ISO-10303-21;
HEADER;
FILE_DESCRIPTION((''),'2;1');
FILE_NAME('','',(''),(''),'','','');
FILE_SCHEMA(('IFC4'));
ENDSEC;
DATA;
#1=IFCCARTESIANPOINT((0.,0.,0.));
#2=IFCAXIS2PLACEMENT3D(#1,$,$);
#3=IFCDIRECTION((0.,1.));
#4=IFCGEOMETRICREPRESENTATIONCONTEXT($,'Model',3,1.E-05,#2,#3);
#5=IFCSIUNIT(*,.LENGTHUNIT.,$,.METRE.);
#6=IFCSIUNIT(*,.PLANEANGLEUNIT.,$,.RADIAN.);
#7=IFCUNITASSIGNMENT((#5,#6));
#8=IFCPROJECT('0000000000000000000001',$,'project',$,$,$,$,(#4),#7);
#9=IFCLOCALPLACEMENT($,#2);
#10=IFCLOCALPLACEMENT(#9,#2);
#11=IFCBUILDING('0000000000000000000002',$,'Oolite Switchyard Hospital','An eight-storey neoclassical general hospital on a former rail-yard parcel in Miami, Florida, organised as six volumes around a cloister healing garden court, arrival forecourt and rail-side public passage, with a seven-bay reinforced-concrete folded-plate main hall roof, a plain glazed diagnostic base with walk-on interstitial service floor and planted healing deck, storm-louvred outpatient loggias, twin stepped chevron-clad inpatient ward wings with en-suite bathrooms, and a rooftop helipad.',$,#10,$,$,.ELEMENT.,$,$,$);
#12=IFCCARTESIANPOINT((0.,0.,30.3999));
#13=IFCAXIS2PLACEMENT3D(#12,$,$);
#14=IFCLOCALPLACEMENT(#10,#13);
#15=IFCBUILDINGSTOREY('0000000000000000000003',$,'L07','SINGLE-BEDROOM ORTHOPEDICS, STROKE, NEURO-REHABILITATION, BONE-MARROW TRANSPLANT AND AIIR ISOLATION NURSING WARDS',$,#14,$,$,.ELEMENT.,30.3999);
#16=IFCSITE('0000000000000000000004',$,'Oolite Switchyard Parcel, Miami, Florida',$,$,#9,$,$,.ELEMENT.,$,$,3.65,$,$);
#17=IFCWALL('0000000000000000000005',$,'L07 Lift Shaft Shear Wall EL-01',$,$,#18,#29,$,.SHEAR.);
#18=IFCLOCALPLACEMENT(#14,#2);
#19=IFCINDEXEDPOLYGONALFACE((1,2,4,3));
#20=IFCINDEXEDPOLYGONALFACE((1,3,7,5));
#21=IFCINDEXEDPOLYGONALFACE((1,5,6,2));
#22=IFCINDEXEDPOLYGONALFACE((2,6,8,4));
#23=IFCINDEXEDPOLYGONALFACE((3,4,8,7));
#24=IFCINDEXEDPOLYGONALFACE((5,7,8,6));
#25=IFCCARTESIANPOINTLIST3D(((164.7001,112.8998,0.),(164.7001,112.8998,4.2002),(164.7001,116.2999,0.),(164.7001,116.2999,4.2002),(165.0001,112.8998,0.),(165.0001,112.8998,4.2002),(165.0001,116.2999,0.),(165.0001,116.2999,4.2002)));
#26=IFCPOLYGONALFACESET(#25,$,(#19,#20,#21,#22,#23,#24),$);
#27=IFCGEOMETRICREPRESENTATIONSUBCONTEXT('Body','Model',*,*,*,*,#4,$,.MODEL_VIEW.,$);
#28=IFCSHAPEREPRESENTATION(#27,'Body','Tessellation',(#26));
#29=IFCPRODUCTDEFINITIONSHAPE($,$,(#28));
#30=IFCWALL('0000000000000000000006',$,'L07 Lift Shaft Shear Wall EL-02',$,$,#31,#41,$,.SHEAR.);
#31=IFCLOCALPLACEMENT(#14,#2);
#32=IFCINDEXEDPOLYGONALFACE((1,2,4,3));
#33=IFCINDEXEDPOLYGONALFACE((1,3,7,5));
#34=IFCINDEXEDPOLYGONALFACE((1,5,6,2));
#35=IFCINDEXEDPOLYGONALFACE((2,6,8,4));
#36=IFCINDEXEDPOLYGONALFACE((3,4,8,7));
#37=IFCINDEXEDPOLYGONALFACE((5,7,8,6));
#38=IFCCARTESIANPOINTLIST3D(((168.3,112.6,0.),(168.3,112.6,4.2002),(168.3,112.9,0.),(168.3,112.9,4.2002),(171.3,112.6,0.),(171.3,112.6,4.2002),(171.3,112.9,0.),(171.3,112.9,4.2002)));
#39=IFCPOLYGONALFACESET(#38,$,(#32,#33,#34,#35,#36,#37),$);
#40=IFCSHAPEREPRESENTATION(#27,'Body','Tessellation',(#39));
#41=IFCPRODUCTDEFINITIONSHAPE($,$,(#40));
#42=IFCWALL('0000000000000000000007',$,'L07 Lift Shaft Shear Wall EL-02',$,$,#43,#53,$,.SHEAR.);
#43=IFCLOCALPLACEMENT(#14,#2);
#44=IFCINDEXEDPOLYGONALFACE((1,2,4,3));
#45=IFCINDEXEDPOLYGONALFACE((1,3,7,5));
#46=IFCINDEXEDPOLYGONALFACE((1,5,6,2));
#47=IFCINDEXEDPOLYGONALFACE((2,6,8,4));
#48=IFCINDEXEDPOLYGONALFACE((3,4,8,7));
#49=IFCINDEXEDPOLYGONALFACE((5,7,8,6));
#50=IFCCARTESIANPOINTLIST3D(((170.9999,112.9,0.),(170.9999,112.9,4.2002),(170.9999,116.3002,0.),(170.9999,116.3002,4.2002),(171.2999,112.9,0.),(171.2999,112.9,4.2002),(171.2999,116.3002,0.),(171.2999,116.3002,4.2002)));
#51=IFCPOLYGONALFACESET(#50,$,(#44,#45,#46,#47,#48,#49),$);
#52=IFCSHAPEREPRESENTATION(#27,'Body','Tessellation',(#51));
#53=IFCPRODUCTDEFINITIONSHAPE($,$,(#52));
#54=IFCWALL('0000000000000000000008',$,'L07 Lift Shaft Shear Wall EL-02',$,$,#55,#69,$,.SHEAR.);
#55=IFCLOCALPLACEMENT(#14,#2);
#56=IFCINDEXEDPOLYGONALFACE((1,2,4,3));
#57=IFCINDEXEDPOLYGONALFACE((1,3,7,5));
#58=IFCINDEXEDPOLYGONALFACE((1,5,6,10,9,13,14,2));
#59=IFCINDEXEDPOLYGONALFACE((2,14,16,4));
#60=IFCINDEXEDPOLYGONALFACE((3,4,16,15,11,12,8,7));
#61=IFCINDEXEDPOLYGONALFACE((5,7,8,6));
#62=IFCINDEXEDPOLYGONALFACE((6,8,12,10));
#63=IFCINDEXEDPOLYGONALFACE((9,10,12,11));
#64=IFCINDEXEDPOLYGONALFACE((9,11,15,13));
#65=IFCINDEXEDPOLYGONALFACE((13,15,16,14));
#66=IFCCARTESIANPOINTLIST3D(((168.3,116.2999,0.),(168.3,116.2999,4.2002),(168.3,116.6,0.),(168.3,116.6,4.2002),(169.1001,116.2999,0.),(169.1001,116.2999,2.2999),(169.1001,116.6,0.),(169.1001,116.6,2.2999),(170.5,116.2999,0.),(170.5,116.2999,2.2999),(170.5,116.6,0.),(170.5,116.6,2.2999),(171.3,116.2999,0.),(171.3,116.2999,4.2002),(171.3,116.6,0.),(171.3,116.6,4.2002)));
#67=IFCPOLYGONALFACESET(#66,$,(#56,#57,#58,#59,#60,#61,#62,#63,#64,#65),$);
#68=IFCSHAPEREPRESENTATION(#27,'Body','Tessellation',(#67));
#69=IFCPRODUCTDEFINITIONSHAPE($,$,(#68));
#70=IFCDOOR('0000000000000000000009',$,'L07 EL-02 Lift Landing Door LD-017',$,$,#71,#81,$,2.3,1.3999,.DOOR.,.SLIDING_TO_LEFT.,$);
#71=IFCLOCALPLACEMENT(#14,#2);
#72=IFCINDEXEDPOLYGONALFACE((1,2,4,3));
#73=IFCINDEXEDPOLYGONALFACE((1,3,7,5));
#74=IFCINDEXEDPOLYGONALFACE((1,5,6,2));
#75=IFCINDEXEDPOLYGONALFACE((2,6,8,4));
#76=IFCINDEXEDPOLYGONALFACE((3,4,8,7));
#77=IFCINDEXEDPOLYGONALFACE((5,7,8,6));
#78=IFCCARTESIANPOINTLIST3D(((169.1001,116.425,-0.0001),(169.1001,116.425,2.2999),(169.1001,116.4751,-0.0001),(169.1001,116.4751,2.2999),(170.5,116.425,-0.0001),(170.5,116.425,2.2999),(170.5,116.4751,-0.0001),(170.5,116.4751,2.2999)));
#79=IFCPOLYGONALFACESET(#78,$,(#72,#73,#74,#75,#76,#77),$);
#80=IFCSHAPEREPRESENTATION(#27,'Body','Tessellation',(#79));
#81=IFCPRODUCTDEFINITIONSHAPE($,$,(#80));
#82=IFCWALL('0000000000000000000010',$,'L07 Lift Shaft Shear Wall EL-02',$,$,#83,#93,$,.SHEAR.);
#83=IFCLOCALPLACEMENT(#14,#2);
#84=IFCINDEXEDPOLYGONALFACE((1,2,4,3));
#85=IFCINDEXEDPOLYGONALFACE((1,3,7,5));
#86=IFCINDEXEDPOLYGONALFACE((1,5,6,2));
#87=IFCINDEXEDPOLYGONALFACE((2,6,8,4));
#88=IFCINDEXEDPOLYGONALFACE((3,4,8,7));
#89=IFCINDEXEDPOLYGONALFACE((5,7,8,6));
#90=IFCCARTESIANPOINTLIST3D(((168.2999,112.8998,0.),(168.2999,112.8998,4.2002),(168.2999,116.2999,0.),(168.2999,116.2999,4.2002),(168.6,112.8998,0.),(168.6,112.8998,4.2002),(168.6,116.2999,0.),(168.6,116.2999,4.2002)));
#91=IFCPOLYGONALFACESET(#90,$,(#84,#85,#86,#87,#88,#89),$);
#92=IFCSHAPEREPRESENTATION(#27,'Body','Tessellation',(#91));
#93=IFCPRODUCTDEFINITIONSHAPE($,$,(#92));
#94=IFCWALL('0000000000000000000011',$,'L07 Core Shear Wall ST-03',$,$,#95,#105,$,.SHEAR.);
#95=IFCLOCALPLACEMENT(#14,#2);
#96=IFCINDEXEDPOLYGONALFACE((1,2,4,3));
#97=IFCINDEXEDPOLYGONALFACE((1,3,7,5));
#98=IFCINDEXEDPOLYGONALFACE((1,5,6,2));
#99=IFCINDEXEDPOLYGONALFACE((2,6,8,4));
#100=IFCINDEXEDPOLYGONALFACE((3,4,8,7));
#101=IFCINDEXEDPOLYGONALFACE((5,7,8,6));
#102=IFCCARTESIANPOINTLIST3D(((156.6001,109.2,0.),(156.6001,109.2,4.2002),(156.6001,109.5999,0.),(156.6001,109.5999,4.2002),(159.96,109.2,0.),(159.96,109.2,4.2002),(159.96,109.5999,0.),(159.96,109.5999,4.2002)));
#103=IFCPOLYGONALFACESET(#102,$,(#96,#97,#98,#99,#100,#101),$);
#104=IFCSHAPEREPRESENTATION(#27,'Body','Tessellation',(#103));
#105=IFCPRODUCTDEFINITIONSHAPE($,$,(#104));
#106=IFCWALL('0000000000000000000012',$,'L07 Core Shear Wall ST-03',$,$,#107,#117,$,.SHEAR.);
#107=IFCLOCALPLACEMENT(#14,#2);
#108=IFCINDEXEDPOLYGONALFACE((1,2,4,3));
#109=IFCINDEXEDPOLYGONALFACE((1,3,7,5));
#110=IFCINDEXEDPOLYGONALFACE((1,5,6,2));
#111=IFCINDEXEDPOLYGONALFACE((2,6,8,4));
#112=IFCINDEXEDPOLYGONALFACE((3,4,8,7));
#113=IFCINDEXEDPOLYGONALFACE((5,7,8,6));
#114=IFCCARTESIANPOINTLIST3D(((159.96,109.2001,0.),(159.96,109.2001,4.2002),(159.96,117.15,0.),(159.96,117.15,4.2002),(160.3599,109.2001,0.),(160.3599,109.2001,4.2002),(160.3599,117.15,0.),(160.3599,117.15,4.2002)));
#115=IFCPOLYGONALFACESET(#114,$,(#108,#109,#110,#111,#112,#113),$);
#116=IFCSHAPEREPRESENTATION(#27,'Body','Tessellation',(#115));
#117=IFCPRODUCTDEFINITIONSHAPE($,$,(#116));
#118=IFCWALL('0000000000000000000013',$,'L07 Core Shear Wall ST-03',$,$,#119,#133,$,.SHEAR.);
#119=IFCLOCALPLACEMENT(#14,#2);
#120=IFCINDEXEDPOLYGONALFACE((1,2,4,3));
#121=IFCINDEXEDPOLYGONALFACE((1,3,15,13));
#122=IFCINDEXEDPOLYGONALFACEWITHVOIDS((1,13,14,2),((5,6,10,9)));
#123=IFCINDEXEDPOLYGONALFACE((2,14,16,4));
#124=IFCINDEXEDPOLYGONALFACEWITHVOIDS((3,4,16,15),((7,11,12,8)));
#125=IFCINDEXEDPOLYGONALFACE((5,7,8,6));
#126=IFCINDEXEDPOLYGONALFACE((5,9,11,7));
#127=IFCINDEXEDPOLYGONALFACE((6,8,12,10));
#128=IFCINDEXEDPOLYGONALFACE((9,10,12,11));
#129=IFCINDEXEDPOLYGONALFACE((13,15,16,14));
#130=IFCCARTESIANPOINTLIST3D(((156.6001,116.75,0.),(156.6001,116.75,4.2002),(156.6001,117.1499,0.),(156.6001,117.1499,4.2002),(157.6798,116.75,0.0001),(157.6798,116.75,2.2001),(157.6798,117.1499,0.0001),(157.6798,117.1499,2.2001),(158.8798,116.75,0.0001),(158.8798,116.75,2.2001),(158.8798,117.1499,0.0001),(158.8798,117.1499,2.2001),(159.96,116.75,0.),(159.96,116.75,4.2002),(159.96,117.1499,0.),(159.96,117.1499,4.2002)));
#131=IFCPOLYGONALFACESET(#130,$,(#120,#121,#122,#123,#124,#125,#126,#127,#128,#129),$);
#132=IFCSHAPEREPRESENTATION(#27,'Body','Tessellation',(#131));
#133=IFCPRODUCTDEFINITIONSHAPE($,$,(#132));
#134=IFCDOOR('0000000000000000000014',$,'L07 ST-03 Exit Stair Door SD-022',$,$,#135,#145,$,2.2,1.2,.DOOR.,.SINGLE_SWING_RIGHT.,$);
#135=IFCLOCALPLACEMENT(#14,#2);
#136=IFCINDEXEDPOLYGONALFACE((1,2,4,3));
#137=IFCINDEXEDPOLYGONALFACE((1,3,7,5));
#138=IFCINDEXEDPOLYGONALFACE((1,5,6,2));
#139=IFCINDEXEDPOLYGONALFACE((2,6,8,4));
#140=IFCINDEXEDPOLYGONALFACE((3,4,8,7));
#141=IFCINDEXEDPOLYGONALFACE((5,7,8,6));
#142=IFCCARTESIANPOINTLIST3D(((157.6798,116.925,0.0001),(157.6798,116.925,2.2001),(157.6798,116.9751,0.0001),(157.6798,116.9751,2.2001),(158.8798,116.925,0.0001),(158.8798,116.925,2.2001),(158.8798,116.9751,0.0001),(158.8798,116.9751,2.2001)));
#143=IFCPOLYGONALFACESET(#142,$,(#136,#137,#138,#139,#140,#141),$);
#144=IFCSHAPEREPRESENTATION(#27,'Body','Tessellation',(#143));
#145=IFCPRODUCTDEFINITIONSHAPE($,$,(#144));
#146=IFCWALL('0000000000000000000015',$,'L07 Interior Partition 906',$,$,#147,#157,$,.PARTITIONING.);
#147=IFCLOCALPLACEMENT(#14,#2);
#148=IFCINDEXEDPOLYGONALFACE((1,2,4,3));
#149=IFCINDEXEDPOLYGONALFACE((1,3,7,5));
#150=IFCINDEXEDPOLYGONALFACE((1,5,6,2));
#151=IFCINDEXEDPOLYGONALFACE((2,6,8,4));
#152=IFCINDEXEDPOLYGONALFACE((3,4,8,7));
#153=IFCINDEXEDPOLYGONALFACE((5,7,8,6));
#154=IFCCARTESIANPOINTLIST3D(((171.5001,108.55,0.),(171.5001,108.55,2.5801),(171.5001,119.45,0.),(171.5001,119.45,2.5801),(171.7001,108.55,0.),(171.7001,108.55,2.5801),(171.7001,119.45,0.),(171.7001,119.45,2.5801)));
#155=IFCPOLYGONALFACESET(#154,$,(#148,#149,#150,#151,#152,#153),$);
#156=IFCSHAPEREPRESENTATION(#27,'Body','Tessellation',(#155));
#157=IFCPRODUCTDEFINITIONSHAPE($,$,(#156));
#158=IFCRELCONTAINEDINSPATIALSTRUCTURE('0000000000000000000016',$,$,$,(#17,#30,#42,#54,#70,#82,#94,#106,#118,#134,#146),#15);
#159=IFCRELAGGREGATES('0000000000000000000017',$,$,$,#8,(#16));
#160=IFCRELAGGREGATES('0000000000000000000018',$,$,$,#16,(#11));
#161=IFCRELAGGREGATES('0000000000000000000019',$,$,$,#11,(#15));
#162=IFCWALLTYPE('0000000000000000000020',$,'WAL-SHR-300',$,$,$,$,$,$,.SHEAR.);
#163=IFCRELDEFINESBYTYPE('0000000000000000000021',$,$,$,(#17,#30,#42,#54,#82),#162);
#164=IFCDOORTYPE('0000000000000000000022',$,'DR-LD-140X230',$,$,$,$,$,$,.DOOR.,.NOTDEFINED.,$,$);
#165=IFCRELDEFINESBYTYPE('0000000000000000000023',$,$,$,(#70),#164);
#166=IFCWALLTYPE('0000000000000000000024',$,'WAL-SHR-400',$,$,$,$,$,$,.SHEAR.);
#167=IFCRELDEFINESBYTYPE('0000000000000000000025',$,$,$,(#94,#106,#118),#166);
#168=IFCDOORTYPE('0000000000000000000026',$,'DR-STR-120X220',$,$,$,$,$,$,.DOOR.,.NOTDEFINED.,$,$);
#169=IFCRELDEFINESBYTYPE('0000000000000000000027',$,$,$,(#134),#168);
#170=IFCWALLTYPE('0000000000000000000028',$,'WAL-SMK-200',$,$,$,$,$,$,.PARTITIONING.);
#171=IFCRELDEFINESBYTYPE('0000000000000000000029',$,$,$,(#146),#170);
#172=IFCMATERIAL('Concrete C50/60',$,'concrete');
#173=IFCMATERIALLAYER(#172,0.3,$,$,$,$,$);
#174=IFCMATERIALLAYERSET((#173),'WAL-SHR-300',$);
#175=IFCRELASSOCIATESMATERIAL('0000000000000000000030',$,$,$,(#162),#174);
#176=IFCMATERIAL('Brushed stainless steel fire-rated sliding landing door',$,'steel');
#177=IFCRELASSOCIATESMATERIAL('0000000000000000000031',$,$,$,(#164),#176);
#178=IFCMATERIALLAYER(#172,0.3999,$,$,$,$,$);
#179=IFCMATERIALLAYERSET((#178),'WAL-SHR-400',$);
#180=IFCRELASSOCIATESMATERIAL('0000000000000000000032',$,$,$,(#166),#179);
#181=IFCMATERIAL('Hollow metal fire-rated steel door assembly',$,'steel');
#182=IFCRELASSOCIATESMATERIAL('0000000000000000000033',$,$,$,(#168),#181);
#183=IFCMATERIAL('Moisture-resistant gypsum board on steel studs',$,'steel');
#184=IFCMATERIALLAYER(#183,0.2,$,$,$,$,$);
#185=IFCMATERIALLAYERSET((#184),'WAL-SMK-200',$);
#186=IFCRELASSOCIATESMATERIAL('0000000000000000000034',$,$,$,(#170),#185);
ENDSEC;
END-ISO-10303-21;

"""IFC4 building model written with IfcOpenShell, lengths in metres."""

from ifc_helpers import new_model, si_unit, direction, frame, frame_2d, origin, place, context, subcontext, project, spatial, rectangle, extrude, material, layer, layer_set, type_object, element, fill, save


model = new_model("IFC4")

# Units and contexts
model_context = context("Model", 3, precision=1e-05, world=origin(), true_north=direction((0.0, 1.0)))
body_context = subcontext(model_context, "Body", "Model", "MODEL_VIEW")
ifc_project = project(units=[si_unit("LENGTHUNIT", "METRE"), si_unit("PLANEANGLEUNIT", "RADIAN")], contexts=[model_context])

# Site, building, storey
site_placement = place(None, origin())
site = spatial("IfcSite", under=ifc_project, at=site_placement, Name="Oolite Switchyard Parcel, Miami, Florida", CompositionType="ELEMENT", RefElevation=3.65)
building_placement = place(site_placement, origin())
building = spatial("IfcBuilding", under=site, at=building_placement, Name="Oolite Switchyard Hospital", Description="An eight-storey neoclassical general hospital on a former rail-yard parcel in Miami, Florida, organised as six volumes around a cloister healing garden court, arrival forecourt and rail-side public passage, with a seven-bay reinforced-concrete folded-plate main hall roof, a plain glazed diagnostic base with walk-on interstitial service floor and planted healing deck, storm-louvred outpatient loggias, twin stepped chevron-clad inpatient ward wings with en-suite bathrooms, and a rooftop helipad.", CompositionType="ELEMENT")
storey_placement = place(building_placement, frame((0.0, 0.0, 30.3999)))
storey = spatial("IfcBuildingStorey", under=building, at=storey_placement, Name="L07", Description="SINGLE-BEDROOM ORTHOPEDICS, STROKE, NEURO-REHABILITATION, BONE-MARROW TRANSPLANT AND AIIR ISOLATION NURSING WARDS", CompositionType="ELEMENT", Elevation=30.3999)

# Shared definitions
ifc_material_1 = material(Name="Concrete C50/60", Category="concrete")

# Shared definitions
ifc_layer_1 = layer(ifc_material_1, 0.3)
ifc_layer_set_1 = layer_set([ifc_layer_1], Name="WAL-SHR-300")
wall_type_1 = type_object("IfcWallType", Name="WAL-SHR-300", PredefinedType="SHEAR", material=ifc_layer_set_1)

# Shared definitions
ifc_material_2 = material(Name="Brushed stainless steel fire-rated sliding landing door", Category="steel")

# Walls
wall_1_placement = place(storey_placement, frame((164.8501, 116.3, 0.0), z_axis=(0.0, 0.0, 1.0), x_axis=(0.0, -1.0, 0.0)))
element("IfcWall", 1, at=wall_1_placement, inside=storey, type_object=wall_type_1, Name="L07 Lift Shaft Shear Wall EL-01", PredefinedType="SHEAR", context=body_context, shape_type="SweptSolid", body=[
    extrude(rectangle(XDim=3.4001, YDim=0.3, at=frame_2d((1.7002, 0.0))), origin(), (0.0, 0.0, 1.0), 4.2002),
])
wall_2_placement = place(storey_placement, frame((168.3, 112.75, 0.0), z_axis=(0.0, 0.0, 1.0), x_axis=(1.0, 0.0, 0.0)))
element("IfcWall", 2, at=wall_2_placement, inside=storey, type_object=wall_type_1, Name="L07 Lift Shaft Shear Wall EL-02", PredefinedType="SHEAR", context=body_context, shape_type="SweptSolid", body=[
    extrude(rectangle(XDim=3.0, YDim=0.3, at=frame_2d((1.5, 0.0))), origin(), (0.0, 0.0, 1.0), 4.2002),
])
wall_3_placement = place(storey_placement, frame((171.1499, 112.8999, 0.0), z_axis=(0.0, 0.0, 1.0), x_axis=(0.0, 1.0, 0.0)))
element("IfcWall", 3, at=wall_3_placement, inside=storey, type_object=wall_type_1, Name="L07 Lift Shaft Shear Wall EL-02", PredefinedType="SHEAR", context=body_context, shape_type="SweptSolid", body=[
    extrude(rectangle(XDim=3.4001, YDim=0.3, at=frame_2d((1.7002, 0.0))), origin(), (0.0, 0.0, 1.0), 4.2002),
])

# Wall, opening, door
wall_4_placement = place(storey_placement, frame((171.3, 116.45, 0.0), z_axis=(0.0, 0.0, 1.0), x_axis=(-1.0, 0.0, 0.0)))
wall_4 = element("IfcWall", 4, at=wall_4_placement, inside=storey, type_object=wall_type_1, Name="L07 Lift Shaft Shear Wall EL-02", PredefinedType="SHEAR", context=body_context, shape_type="SweptSolid", body=[
    extrude(rectangle(XDim=3.0, YDim=0.3, at=frame_2d((1.5, 0.0))), origin(), (0.0, 0.0, 1.0), 4.2002),
])
opening_1_placement = place(wall_4_placement, frame((0.8, 0.0, 0.0)))
opening_1 = element("IfcOpeningElement", 5, at=opening_1_placement, cuts=wall_4, PredefinedType="OPENING", context=body_context, shape_type="SweptSolid", body=[
    extrude(rectangle(XDim=1.3999, YDim=2.3, at=frame_2d((0.7, 1.1499))), frame((0.0, 0.1602, 0.0), z_axis=(0.0, -1.0, 0.0), x_axis=(1.0, 0.0, 0.0)), (0.0, 0.0, 1.0), 0.3201),
])
door_type_1 = type_object("IfcDoorType", Name="DR-LD-140X230", OperationType="NOTDEFINED", PredefinedType="DOOR", material=ifc_material_2)
door_1_placement = place(opening_1_placement, origin())
door_1 = element("IfcDoor", 6, at=door_1_placement, inside=storey, type_object=door_type_1, Name="L07 EL-02 Lift Landing Door LD-017", OperationType="SLIDING_TO_LEFT", OverallHeight=2.3, OverallWidth=1.3999, PredefinedType="DOOR", context=body_context, shape_type="SweptSolid", body=[
    extrude(rectangle(XDim=1.3999, YDim=2.3, at=frame_2d((0.7, 1.1499))), frame((0.0, 0.0249, 0.0), z_axis=(0.0, -1.0, 0.0), x_axis=(1.0, 0.0, 0.0)), (0.0, 0.0, 1.0), 0.05),
])
fill(opening_1, door_1)

# Walls
wall_5_placement = place(storey_placement, frame((168.45, 116.3, 0.0), z_axis=(0.0, 0.0, 1.0), x_axis=(0.0, -1.0, 0.0)))
element("IfcWall", 7, at=wall_5_placement, inside=storey, type_object=wall_type_1, Name="L07 Lift Shaft Shear Wall EL-02", PredefinedType="SHEAR", context=body_context, shape_type="SweptSolid", body=[
    extrude(rectangle(XDim=3.4001, YDim=0.3, at=frame_2d((1.7002, 0.0))), origin(), (0.0, 0.0, 1.0), 4.2002),
])
ifc_layer_2 = layer(ifc_material_1, 0.3999)
ifc_layer_set_2 = layer_set([ifc_layer_2], Name="WAL-SHR-400")
wall_type_2 = type_object("IfcWallType", Name="WAL-SHR-400", PredefinedType="SHEAR", material=ifc_layer_set_2)
wall_6_placement = place(storey_placement, frame((156.6001, 109.3999, 0.0), z_axis=(0.0, 0.0, 1.0), x_axis=(1.0, 0.0, 0.0)))
element("IfcWall", 8, at=wall_6_placement, inside=storey, type_object=wall_type_2, Name="L07 Core Shear Wall ST-03", PredefinedType="SHEAR", context=body_context, shape_type="SweptSolid", body=[
    extrude(rectangle(XDim=3.3599, YDim=0.3999, at=frame_2d((1.6799, 0.0))), origin(), (0.0, 0.0, 1.0), 4.2002),
])
wall_7_placement = place(storey_placement, frame((160.1599, 109.2, 0.0), z_axis=(0.0, 0.0, 1.0), x_axis=(0.0, 1.0, 0.0)))
element("IfcWall", 9, at=wall_7_placement, inside=storey, type_object=wall_type_2, Name="L07 Core Shear Wall ST-03", PredefinedType="SHEAR", context=body_context, shape_type="SweptSolid", body=[
    extrude(rectangle(XDim=7.95, YDim=0.3999, at=frame_2d((3.9751, 0.0))), origin(), (0.0, 0.0, 1.0), 4.2002),
])

# Wall, opening, door
wall_8_placement = place(storey_placement, frame((159.96, 116.95, 0.0), z_axis=(0.0, 0.0, 1.0), x_axis=(-1.0, 0.0, 0.0)))
wall_8 = element("IfcWall", 10, at=wall_8_placement, inside=storey, type_object=wall_type_2, Name="L07 Core Shear Wall ST-03", PredefinedType="SHEAR", context=body_context, shape_type="SweptSolid", body=[
    extrude(rectangle(XDim=3.3599, YDim=0.3999, at=frame_2d((1.6799, 0.0))), origin(), (0.0, 0.0, 1.0), 4.2002),
])
opening_2_placement = place(wall_8_placement, frame((1.0801, 0.0, 0.0)))
opening_2 = element("IfcOpeningElement", 11, at=opening_2_placement, cuts=wall_8, PredefinedType="OPENING", context=body_context, shape_type="SweptSolid", body=[
    extrude(rectangle(XDim=1.2, YDim=2.2, at=frame_2d((0.6001, 1.1001))), frame((0.0, 0.21, 0.0), z_axis=(0.0, -1.0, 0.0), x_axis=(1.0, 0.0, 0.0)), (0.0, 0.0, 1.0), 0.4199),
])
ifc_material_3 = material(Name="Hollow metal fire-rated steel door assembly", Category="steel")
door_type_2 = type_object("IfcDoorType", Name="DR-STR-120X220", OperationType="NOTDEFINED", PredefinedType="DOOR", material=ifc_material_3)
door_2_placement = place(opening_2_placement, origin())
door_2 = element("IfcDoor", 12, at=door_2_placement, inside=storey, type_object=door_type_2, Name="L07 ST-03 Exit Stair Door SD-022", OperationType="SINGLE_SWING_RIGHT", OverallHeight=2.2, OverallWidth=1.2, PredefinedType="DOOR", context=body_context, shape_type="SweptSolid", body=[
    extrude(rectangle(XDim=1.2, YDim=2.2, at=frame_2d((0.6001, 1.1001))), frame((0.0, 0.0249, 0.0), z_axis=(0.0, -1.0, 0.0), x_axis=(1.0, 0.0, 0.0)), (0.0, 0.0, 1.0), 0.05),
])
fill(opening_2, door_2)

# Wall
ifc_material_4 = material(Name="Moisture-resistant gypsum board on steel studs", Category="steel")
ifc_layer_3 = layer(ifc_material_4, 0.2)
ifc_layer_set_3 = layer_set([ifc_layer_3], Name="WAL-SMK-200")
wall_type_3 = type_object("IfcWallType", Name="WAL-SMK-200", PredefinedType="PARTITIONING", material=ifc_layer_set_3)
wall_9_placement = place(storey_placement, frame((171.6001, 108.55, 0.0), z_axis=(0.0, 0.0, 1.0), x_axis=(0.0, 1.0, 0.0)))
element("IfcWall", 13, at=wall_9_placement, inside=storey, type_object=wall_type_3, Name="L07 Interior Partition 906", PredefinedType="PARTITIONING", context=body_context, shape_type="SweptSolid", body=[
    extrude(rectangle(XDim=10.8999, YDim=0.2, at=frame_2d((5.45, 0.0))), origin(), (0.0, 0.0, 1.0), 2.5801),
])

save(model, "model.ifc")
